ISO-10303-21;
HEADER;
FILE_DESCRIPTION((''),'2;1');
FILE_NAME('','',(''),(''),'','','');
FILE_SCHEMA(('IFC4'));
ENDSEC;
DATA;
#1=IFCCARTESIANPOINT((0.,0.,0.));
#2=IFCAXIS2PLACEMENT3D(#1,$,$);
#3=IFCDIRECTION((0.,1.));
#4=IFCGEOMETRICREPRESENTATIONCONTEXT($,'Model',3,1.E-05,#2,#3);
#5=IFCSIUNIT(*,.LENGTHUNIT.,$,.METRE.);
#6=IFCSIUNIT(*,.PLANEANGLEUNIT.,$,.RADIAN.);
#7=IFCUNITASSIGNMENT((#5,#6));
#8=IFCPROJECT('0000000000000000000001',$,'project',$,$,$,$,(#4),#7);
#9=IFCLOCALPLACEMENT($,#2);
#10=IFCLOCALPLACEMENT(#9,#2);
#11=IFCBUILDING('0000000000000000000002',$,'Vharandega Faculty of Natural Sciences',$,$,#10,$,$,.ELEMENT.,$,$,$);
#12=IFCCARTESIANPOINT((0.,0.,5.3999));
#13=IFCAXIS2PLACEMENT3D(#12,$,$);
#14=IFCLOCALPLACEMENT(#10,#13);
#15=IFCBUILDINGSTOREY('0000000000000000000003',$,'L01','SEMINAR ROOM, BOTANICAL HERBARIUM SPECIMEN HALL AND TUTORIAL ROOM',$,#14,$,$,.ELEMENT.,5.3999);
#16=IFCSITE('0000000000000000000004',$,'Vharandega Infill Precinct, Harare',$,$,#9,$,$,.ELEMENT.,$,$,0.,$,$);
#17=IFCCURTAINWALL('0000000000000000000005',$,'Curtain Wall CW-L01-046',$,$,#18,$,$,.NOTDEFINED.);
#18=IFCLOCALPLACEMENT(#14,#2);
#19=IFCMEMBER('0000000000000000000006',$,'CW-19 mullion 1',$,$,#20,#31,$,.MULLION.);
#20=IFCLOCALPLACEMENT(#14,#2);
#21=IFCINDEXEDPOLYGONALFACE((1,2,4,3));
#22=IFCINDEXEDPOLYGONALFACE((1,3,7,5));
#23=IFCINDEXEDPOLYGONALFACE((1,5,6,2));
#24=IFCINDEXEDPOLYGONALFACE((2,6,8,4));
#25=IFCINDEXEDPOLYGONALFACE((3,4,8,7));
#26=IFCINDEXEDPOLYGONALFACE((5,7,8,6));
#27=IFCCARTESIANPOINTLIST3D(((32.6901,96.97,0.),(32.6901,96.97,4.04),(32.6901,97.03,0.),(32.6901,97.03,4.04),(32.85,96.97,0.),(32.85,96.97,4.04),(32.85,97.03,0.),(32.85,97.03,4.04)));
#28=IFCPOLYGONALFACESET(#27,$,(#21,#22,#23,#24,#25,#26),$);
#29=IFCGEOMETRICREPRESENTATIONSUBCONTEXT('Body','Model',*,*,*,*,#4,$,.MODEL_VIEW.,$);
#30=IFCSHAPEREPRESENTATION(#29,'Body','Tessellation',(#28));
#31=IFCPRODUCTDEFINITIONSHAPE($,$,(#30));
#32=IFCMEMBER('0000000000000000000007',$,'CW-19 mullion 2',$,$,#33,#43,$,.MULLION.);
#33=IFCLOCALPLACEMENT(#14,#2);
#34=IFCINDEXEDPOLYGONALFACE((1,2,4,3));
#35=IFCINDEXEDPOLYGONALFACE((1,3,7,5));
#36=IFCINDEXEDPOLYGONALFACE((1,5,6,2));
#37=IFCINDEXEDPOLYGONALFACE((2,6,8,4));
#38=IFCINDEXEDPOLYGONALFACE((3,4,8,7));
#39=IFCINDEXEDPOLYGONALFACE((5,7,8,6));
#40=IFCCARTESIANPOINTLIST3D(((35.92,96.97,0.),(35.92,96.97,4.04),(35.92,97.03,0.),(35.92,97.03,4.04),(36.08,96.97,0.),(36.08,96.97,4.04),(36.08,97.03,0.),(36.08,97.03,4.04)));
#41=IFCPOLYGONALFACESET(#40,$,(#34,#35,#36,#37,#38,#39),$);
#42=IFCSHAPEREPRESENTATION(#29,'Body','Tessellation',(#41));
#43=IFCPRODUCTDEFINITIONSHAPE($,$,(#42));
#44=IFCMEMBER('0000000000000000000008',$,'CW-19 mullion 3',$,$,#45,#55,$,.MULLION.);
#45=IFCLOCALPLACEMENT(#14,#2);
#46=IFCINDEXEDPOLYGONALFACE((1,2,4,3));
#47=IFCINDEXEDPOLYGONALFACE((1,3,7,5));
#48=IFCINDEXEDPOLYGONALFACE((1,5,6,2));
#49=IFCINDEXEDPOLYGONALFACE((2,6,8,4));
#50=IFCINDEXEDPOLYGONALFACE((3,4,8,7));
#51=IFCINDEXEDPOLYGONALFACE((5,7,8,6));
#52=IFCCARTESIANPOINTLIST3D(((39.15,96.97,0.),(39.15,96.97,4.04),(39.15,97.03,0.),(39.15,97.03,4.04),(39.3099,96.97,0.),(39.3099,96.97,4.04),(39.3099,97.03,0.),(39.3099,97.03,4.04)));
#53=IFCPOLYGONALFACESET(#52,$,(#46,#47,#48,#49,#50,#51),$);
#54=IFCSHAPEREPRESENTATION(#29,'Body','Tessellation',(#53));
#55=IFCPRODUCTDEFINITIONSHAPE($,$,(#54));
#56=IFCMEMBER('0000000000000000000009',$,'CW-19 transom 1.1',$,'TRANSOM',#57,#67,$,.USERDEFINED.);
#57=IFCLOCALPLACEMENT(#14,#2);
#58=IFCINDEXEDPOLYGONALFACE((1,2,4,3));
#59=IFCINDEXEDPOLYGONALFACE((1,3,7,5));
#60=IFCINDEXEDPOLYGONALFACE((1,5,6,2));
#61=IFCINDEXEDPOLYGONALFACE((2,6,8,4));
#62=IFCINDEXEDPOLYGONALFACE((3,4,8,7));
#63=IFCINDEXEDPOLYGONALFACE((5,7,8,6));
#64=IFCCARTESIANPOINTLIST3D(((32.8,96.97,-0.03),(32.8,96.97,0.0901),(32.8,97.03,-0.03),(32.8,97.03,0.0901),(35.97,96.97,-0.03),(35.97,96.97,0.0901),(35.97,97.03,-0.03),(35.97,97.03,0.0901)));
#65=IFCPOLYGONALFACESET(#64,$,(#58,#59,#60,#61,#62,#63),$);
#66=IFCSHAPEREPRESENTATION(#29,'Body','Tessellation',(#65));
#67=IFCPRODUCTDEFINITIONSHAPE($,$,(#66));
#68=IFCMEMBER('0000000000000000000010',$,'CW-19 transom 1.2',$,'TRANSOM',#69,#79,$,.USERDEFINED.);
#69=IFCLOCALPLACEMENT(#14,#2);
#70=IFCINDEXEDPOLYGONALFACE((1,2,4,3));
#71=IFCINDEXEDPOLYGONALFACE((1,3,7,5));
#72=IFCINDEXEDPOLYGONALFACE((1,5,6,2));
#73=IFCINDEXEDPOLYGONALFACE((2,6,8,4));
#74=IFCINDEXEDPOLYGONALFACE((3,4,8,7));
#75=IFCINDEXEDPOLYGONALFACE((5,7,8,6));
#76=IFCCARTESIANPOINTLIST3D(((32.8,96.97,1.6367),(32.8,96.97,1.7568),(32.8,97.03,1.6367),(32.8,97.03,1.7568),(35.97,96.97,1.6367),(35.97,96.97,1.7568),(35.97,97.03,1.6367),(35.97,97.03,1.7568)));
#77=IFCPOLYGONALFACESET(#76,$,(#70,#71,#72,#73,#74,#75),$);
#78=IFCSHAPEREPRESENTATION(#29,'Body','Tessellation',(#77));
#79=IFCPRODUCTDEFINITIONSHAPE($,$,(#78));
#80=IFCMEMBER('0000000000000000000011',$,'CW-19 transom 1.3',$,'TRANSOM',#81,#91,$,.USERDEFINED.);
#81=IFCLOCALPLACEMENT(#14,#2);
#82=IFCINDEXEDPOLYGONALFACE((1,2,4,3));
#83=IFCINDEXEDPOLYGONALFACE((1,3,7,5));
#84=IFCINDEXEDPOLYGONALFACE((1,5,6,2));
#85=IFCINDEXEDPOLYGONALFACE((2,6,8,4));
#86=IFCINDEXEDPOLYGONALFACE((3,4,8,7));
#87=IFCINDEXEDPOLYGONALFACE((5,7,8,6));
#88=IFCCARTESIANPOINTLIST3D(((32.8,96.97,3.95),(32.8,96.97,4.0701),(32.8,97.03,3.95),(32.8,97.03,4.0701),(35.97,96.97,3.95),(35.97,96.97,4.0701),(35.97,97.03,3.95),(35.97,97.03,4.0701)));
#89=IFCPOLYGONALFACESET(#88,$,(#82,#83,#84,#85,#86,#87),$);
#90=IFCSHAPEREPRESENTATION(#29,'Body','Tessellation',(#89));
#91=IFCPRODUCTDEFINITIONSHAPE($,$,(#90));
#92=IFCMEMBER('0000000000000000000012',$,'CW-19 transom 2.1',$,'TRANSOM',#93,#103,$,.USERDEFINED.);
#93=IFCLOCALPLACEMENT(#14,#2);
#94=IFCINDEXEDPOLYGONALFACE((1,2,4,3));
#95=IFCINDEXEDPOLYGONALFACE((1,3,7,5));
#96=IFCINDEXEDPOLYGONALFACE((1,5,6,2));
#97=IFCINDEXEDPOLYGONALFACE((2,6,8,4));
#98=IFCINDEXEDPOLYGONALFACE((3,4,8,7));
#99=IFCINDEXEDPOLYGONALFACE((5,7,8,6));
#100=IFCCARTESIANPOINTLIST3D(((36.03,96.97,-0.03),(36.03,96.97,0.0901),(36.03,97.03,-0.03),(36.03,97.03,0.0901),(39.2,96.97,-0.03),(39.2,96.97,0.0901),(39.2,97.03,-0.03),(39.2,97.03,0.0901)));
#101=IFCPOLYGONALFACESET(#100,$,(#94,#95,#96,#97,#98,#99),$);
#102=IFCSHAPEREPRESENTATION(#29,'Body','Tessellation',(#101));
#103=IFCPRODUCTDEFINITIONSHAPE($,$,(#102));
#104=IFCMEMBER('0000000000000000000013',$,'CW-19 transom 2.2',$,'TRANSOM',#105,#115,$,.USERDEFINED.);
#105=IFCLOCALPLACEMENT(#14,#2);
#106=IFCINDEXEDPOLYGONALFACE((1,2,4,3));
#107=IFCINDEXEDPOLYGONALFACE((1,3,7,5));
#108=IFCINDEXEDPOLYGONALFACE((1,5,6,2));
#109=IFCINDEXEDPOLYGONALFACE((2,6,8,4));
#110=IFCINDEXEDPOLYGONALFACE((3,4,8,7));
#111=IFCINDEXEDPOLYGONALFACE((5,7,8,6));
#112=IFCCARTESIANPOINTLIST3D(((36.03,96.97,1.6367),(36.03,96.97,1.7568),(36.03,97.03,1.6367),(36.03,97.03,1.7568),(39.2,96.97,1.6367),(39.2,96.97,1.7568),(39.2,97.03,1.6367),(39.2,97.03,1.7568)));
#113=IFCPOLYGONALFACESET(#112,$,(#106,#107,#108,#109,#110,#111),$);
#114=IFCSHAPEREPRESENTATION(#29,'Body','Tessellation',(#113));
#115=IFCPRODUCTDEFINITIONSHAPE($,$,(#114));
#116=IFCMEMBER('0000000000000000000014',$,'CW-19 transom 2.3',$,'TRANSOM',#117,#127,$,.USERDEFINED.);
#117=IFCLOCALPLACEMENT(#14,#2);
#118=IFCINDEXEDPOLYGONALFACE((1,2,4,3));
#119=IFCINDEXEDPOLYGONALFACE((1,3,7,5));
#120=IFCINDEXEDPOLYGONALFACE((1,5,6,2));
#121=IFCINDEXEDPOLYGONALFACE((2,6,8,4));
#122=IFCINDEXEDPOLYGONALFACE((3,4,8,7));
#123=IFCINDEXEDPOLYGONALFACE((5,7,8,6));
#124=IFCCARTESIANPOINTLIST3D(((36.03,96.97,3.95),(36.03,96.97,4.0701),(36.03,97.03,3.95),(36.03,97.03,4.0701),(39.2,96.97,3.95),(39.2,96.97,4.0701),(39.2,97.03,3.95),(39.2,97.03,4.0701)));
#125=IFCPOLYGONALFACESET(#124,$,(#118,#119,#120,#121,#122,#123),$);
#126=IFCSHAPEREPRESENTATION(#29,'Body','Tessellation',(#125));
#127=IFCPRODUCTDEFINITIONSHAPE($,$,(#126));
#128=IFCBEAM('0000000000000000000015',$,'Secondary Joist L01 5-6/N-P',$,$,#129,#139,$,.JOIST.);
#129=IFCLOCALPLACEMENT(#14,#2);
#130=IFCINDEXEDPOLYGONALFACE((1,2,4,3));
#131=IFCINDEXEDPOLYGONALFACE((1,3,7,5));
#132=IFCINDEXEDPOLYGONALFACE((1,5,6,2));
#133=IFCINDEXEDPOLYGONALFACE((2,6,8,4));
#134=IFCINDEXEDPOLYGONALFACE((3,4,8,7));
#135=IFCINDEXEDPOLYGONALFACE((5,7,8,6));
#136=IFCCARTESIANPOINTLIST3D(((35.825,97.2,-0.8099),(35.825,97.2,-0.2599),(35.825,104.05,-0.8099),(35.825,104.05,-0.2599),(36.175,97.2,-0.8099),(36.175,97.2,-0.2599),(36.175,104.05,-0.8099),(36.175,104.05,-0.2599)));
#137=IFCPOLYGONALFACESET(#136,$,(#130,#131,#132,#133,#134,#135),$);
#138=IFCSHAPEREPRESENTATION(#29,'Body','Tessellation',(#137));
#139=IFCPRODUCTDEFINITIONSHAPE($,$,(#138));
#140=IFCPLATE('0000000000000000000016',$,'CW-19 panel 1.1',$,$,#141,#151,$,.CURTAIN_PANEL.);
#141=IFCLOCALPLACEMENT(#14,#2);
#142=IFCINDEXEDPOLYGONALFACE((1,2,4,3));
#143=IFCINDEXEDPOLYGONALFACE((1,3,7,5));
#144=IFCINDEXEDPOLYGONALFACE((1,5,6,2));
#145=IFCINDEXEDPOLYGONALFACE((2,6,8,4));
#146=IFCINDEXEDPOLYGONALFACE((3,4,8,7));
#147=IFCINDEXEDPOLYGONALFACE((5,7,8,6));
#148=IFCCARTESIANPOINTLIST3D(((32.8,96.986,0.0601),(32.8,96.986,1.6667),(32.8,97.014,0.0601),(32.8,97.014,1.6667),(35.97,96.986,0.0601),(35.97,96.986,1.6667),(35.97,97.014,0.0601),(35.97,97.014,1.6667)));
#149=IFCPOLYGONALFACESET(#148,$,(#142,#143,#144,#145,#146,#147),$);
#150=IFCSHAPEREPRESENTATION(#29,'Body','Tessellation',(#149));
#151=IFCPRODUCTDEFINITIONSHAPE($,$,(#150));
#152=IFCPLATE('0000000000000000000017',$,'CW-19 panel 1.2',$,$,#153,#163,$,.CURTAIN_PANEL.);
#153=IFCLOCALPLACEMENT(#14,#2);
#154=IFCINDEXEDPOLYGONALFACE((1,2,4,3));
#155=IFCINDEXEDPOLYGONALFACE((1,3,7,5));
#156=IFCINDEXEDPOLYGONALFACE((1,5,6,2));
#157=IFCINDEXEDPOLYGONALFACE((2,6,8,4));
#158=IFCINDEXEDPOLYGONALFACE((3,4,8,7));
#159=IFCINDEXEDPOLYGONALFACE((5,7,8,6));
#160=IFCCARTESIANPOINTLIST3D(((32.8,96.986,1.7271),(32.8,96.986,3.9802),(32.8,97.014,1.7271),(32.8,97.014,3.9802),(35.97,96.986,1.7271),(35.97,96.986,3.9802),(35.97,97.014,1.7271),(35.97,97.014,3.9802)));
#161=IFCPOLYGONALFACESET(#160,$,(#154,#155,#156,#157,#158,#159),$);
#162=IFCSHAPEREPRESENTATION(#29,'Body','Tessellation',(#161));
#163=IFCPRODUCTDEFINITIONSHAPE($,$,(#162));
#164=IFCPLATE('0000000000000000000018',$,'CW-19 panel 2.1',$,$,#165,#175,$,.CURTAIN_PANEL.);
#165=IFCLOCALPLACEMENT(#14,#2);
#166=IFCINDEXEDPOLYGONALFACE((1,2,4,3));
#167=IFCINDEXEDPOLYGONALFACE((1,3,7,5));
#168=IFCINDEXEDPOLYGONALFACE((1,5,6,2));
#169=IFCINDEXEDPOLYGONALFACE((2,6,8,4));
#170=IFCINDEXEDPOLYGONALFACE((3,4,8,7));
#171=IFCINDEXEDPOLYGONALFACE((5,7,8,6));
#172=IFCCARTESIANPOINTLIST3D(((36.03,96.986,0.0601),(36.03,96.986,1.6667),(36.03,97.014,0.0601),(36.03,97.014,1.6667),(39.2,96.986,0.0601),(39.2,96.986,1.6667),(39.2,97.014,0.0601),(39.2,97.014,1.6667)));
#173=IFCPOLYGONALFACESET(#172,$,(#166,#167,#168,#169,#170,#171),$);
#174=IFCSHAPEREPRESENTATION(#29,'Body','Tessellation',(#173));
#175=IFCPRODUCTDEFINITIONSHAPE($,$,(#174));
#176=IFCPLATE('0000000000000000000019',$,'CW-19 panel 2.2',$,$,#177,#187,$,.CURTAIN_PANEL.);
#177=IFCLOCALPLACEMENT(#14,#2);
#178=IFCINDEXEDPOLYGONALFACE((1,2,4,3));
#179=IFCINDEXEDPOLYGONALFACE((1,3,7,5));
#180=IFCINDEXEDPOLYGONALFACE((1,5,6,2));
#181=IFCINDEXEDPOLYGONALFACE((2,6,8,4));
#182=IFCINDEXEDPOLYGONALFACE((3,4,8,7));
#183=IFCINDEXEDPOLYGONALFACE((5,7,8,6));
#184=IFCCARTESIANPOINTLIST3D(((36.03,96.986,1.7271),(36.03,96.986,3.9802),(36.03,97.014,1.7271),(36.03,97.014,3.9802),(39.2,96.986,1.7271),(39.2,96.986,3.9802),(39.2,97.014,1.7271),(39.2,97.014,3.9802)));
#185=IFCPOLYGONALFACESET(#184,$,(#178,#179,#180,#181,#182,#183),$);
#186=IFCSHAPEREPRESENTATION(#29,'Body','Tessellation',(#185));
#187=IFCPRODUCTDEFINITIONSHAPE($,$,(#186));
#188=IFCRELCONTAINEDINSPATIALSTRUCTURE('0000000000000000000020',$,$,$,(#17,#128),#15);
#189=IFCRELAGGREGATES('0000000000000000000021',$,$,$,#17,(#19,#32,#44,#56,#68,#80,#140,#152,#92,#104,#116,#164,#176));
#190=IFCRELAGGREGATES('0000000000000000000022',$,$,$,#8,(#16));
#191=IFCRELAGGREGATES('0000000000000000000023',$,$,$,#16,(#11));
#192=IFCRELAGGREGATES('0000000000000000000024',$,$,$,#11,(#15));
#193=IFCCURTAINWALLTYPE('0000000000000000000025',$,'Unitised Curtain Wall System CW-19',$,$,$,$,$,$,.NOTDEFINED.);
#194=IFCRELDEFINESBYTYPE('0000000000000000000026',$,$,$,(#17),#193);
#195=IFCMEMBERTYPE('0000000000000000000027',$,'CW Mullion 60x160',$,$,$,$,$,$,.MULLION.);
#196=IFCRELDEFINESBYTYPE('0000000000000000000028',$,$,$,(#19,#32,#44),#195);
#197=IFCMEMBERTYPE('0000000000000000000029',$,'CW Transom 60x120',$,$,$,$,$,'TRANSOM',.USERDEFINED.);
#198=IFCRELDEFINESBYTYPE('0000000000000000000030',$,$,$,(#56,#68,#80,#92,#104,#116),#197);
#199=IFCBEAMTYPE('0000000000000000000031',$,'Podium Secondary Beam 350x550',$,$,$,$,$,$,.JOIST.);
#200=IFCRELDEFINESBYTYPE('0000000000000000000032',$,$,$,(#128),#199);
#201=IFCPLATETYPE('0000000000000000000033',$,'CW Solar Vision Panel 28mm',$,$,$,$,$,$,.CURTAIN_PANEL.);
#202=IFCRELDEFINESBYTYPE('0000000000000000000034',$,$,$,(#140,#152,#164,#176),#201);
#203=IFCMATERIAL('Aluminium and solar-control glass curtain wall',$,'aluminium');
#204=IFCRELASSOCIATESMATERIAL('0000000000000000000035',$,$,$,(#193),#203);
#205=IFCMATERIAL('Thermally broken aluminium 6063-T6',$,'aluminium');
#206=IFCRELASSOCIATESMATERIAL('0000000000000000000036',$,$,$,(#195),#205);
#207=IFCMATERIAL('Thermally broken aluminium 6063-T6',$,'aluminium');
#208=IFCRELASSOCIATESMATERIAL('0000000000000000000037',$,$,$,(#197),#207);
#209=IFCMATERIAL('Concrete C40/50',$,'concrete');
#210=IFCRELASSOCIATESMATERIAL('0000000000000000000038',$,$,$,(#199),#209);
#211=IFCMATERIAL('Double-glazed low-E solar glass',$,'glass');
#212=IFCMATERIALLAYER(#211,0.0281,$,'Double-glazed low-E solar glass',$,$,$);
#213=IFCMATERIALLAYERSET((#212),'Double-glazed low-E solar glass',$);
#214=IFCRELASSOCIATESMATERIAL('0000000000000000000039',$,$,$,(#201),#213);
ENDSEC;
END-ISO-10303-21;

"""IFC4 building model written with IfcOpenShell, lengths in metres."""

from ifc_helpers import new_model, si_unit, direction, frame, origin, origin_2d, place, context, subcontext, project, spatial, rectangle, extrude, material, layer, layer_set, material_profile, profile_set, type_object, element, aggregate, save


model = new_model("IFC4")

# Units and contexts
model_context = context("Model", 3, precision=1e-05, world=origin(), true_north=direction((0.0, 1.0)))
body_context = subcontext(model_context, "Body", "Model", "MODEL_VIEW")
ifc_project = project(units=[si_unit("LENGTHUNIT", "METRE"), si_unit("PLANEANGLEUNIT", "RADIAN")], contexts=[model_context])

# Site, building, storey
site_placement = place(None, origin())
site = spatial("IfcSite", under=ifc_project, at=site_placement, Name="Vharandega Infill Precinct, Harare", CompositionType="ELEMENT", RefElevation=0.0)
building_placement = place(site_placement, origin())
building = spatial("IfcBuilding", under=site, at=building_placement, Name="Vharandega Faculty of Natural Sciences", CompositionType="ELEMENT")
storey_placement = place(building_placement, frame((0.0, 0.0, 5.3999)))
storey = spatial("IfcBuildingStorey", under=building, at=storey_placement, Name="L01", Description="SEMINAR ROOM, BOTANICAL HERBARIUM SPECIMEN HALL AND TUTORIAL ROOM", CompositionType="ELEMENT", Elevation=5.3999)

# Curtain wall, members
ifc_material_1 = material(Name="Aluminium and solar-control glass curtain wall", Category="aluminium")
curtain_wall_type = type_object("IfcCurtainWallType", Name="Unitised Curtain Wall System CW-19", PredefinedType="NOTDEFINED", material=ifc_material_1)
curtain_wall_placement = place(storey_placement, origin())
curtain_wall = element("IfcCurtainWall", 1, at=curtain_wall_placement, inside=storey, type_object=curtain_wall_type, Name="Curtain Wall CW-L01-046", PredefinedType="NOTDEFINED")
ifc_material_2 = material(Name="Thermally broken aluminium 6063-T6", Category="aluminium")
ifc_material_profile_1 = material_profile(ifc_material_2, rectangle(XDim=0.0601, YDim=0.1599, at=origin_2d()), Name="ALU 60x160")
ifc_profile_set_1 = profile_set([ifc_material_profile_1], Name="Thermally broken aluminium 6063-T6")
member_type_1 = type_object("IfcMemberType", Name="CW Mullion 60x160", PredefinedType="MULLION", material=ifc_profile_set_1)
member_1_placement = place(storey_placement, frame((32.77, 97.0, 0.0), z_axis=(0.0, 0.0, 1.0), x_axis=(0.0, 1.0, 0.0)))
member_1 = element("IfcMember", 2, at=member_1_placement, type_object=member_type_1, Name="CW-19 mullion 1", PredefinedType="MULLION", context=body_context, shape_type="SweptSolid", body=[
    extrude(rectangle(XDim=0.0601, YDim=0.1599, at=origin_2d()), origin(), (0.0, 0.0, 1.0), 4.04),
])
member_2_placement = place(storey_placement, frame((36.0, 97.0, 0.0), z_axis=(0.0, 0.0, 1.0), x_axis=(0.0, 1.0, 0.0)))
member_2 = element("IfcMember", 3, at=member_2_placement, type_object=member_type_1, Name="CW-19 mullion 2", PredefinedType="MULLION", context=body_context, shape_type="SweptSolid", body=[
    extrude(rectangle(XDim=0.0601, YDim=0.1599, at=origin_2d()), origin(), (0.0, 0.0, 1.0), 4.04),
])
member_3_placement = place(storey_placement, frame((39.23, 97.0, 0.0), z_axis=(0.0, 0.0, 1.0), x_axis=(0.0, 1.0, 0.0)))
member_3 = element("IfcMember", 4, at=member_3_placement, type_object=member_type_1, Name="CW-19 mullion 3", PredefinedType="MULLION", context=body_context, shape_type="SweptSolid", body=[
    extrude(rectangle(XDim=0.0601, YDim=0.1599, at=origin_2d()), origin(), (0.0, 0.0, 1.0), 4.04),
])
ifc_material_3 = material(Name="Thermally broken aluminium 6063-T6", Category="aluminium")
ifc_material_profile_2 = material_profile(ifc_material_3, rectangle(XDim=0.0601, YDim=0.1201, at=origin_2d()), Name="ALU 60x120")
ifc_profile_set_2 = profile_set([ifc_material_profile_2], Name="Thermally broken aluminium 6063-T6")
member_type_2 = type_object("IfcMemberType", Name="CW Transom 60x120", ElementType="TRANSOM", PredefinedType="USERDEFINED", material=ifc_profile_set_2)
member_4_placement = place(storey_placement, frame((32.8, 97.0, 0.03), z_axis=(1.0, 0.0, 0.0), x_axis=(0.0, 1.0, 0.0)))
member_4 = element("IfcMember", 5, at=member_4_placement, type_object=member_type_2, Name="CW-19 transom 1.1", ObjectType="TRANSOM", PredefinedType="USERDEFINED", context=body_context, shape_type="SweptSolid", body=[
    extrude(rectangle(XDim=0.0601, YDim=0.1201, at=origin_2d()), origin(), (0.0, 0.0, 1.0), 3.1699),
])
member_5_placement = place(storey_placement, frame((32.8, 97.0, 1.6968), z_axis=(1.0, 0.0, 0.0), x_axis=(0.0, 1.0, 0.0)))
member_5 = element("IfcMember", 6, at=member_5_placement, type_object=member_type_2, Name="CW-19 transom 1.2", ObjectType="TRANSOM", PredefinedType="USERDEFINED", context=body_context, shape_type="SweptSolid", body=[
    extrude(rectangle(XDim=0.0601, YDim=0.1201, at=origin_2d()), origin(), (0.0, 0.0, 1.0), 3.1699),
])
member_6_placement = place(storey_placement, frame((32.8, 97.0, 4.01), z_axis=(1.0, 0.0, 0.0), x_axis=(0.0, 1.0, 0.0)))
member_6 = element("IfcMember", 7, at=member_6_placement, type_object=member_type_2, Name="CW-19 transom 1.3", ObjectType="TRANSOM", PredefinedType="USERDEFINED", context=body_context, shape_type="SweptSolid", body=[
    extrude(rectangle(XDim=0.0601, YDim=0.1201, at=origin_2d()), origin(), (0.0, 0.0, 1.0), 3.1699),
])
member_7_placement = place(storey_placement, frame((36.03, 97.0, 0.03), z_axis=(1.0, 0.0, 0.0), x_axis=(0.0, 1.0, 0.0)))
member_7 = element("IfcMember", 8, at=member_7_placement, type_object=member_type_2, Name="CW-19 transom 2.1", ObjectType="TRANSOM", PredefinedType="USERDEFINED", context=body_context, shape_type="SweptSolid", body=[
    extrude(rectangle(XDim=0.0601, YDim=0.1201, at=origin_2d()), origin(), (0.0, 0.0, 1.0), 3.1699),
])
member_8_placement = place(storey_placement, frame((36.03, 97.0, 1.6968), z_axis=(1.0, 0.0, 0.0), x_axis=(0.0, 1.0, 0.0)))
member_8 = element("IfcMember", 9, at=member_8_placement, type_object=member_type_2, Name="CW-19 transom 2.2", ObjectType="TRANSOM", PredefinedType="USERDEFINED", context=body_context, shape_type="SweptSolid", body=[
    extrude(rectangle(XDim=0.0601, YDim=0.1201, at=origin_2d()), origin(), (0.0, 0.0, 1.0), 3.1699),
])
member_9_placement = place(storey_placement, frame((36.03, 97.0, 4.01), z_axis=(1.0, 0.0, 0.0), x_axis=(0.0, 1.0, 0.0)))
member_9 = element("IfcMember", 10, at=member_9_placement, type_object=member_type_2, Name="CW-19 transom 2.3", ObjectType="TRANSOM", PredefinedType="USERDEFINED", context=body_context, shape_type="SweptSolid", body=[
    extrude(rectangle(XDim=0.0601, YDim=0.1201, at=origin_2d()), origin(), (0.0, 0.0, 1.0), 3.1699),
])

# Beam
ifc_material_4 = material(Name="Concrete C40/50", Category="concrete")
ifc_material_profile_3 = material_profile(ifc_material_4, rectangle(XDim=0.3501, YDim=0.55, at=origin_2d()), Name="RC 350x550")
ifc_profile_set_3 = profile_set([ifc_material_profile_3], Name="Concrete C40/50")
beam_type = type_object("IfcBeamType", Name="Podium Secondary Beam 350x550", PredefinedType="JOIST", material=ifc_profile_set_3)
beam_placement = place(storey_placement, frame((36.0, 97.2, -0.5349), z_axis=(0.0, 1.0, 0.0), x_axis=(-1.0, 0.0, 0.0)))
element("IfcBeam", 11, at=beam_placement, inside=storey, type_object=beam_type, Name="Secondary Joist L01 5-6/N-P", PredefinedType="JOIST", context=body_context, shape_type="SweptSolid", body=[
    extrude(rectangle(XDim=0.3501, YDim=0.55, at=origin_2d()), origin(), (0.0, 0.0, 1.0), 6.8501),
])

# Plates
ifc_material_5 = material(Name="Double-glazed low-E solar glass", Category="glass")
ifc_layer_1 = layer(ifc_material_5, 0.0281, Name="Double-glazed low-E solar glass")
ifc_layer_set_1 = layer_set([ifc_layer_1], Name="Double-glazed low-E solar glass")
plate_type = type_object("IfcPlateType", Name="CW Solar Vision Panel 28mm", PredefinedType="CURTAIN_PANEL", material=ifc_layer_set_1)
plate_1_placement = place(storey_placement, frame((34.385, 97.0, 0.0601), z_axis=(0.0, 0.0, 1.0), x_axis=(1.0, 0.0, 0.0)))
plate_1 = element("IfcPlate", 12, at=plate_1_placement, type_object=plate_type, Name="CW-19 panel 1.1", PredefinedType="CURTAIN_PANEL", context=body_context, shape_type="SweptSolid", body=[
    extrude(rectangle(XDim=3.1699, YDim=0.0281, at=origin_2d()), origin(), (0.0, 0.0, 1.0), 1.6067),
])
plate_2_placement = place(storey_placement, frame((34.385, 97.0, 1.7271), z_axis=(0.0, 0.0, 1.0), x_axis=(1.0, 0.0, 0.0)))
plate_2 = element("IfcPlate", 13, at=plate_2_placement, type_object=plate_type, Name="CW-19 panel 1.2", PredefinedType="CURTAIN_PANEL", context=body_context, shape_type="SweptSolid", body=[
    extrude(rectangle(XDim=3.1699, YDim=0.0281, at=origin_2d()), origin(), (0.0, 0.0, 1.0), 2.2532),
])
plate_3_placement = place(storey_placement, frame((37.615, 97.0, 0.0601), z_axis=(0.0, 0.0, 1.0), x_axis=(1.0, 0.0, 0.0)))
plate_3 = element("IfcPlate", 14, at=plate_3_placement, type_object=plate_type, Name="CW-19 panel 2.1", PredefinedType="CURTAIN_PANEL", context=body_context, shape_type="SweptSolid", body=[
    extrude(rectangle(XDim=3.1699, YDim=0.0281, at=origin_2d()), origin(), (0.0, 0.0, 1.0), 1.6067),
])
plate_4_placement = place(storey_placement, frame((37.615, 97.0, 1.7271), z_axis=(0.0, 0.0, 1.0), x_axis=(1.0, 0.0, 0.0)))
plate_4 = element("IfcPlate", 15, at=plate_4_placement, type_object=plate_type, Name="CW-19 panel 2.2", PredefinedType="CURTAIN_PANEL", context=body_context, shape_type="SweptSolid", body=[
    extrude(rectangle(XDim=3.1699, YDim=0.0281, at=origin_2d()), origin(), (0.0, 0.0, 1.0), 2.2532),
])
aggregate(curtain_wall, [member_1, member_2, member_3, member_4, member_5, member_6, plate_1, plate_2, member_7, member_8, member_9, plate_3, plate_4])

save(model, "model.ifc")
